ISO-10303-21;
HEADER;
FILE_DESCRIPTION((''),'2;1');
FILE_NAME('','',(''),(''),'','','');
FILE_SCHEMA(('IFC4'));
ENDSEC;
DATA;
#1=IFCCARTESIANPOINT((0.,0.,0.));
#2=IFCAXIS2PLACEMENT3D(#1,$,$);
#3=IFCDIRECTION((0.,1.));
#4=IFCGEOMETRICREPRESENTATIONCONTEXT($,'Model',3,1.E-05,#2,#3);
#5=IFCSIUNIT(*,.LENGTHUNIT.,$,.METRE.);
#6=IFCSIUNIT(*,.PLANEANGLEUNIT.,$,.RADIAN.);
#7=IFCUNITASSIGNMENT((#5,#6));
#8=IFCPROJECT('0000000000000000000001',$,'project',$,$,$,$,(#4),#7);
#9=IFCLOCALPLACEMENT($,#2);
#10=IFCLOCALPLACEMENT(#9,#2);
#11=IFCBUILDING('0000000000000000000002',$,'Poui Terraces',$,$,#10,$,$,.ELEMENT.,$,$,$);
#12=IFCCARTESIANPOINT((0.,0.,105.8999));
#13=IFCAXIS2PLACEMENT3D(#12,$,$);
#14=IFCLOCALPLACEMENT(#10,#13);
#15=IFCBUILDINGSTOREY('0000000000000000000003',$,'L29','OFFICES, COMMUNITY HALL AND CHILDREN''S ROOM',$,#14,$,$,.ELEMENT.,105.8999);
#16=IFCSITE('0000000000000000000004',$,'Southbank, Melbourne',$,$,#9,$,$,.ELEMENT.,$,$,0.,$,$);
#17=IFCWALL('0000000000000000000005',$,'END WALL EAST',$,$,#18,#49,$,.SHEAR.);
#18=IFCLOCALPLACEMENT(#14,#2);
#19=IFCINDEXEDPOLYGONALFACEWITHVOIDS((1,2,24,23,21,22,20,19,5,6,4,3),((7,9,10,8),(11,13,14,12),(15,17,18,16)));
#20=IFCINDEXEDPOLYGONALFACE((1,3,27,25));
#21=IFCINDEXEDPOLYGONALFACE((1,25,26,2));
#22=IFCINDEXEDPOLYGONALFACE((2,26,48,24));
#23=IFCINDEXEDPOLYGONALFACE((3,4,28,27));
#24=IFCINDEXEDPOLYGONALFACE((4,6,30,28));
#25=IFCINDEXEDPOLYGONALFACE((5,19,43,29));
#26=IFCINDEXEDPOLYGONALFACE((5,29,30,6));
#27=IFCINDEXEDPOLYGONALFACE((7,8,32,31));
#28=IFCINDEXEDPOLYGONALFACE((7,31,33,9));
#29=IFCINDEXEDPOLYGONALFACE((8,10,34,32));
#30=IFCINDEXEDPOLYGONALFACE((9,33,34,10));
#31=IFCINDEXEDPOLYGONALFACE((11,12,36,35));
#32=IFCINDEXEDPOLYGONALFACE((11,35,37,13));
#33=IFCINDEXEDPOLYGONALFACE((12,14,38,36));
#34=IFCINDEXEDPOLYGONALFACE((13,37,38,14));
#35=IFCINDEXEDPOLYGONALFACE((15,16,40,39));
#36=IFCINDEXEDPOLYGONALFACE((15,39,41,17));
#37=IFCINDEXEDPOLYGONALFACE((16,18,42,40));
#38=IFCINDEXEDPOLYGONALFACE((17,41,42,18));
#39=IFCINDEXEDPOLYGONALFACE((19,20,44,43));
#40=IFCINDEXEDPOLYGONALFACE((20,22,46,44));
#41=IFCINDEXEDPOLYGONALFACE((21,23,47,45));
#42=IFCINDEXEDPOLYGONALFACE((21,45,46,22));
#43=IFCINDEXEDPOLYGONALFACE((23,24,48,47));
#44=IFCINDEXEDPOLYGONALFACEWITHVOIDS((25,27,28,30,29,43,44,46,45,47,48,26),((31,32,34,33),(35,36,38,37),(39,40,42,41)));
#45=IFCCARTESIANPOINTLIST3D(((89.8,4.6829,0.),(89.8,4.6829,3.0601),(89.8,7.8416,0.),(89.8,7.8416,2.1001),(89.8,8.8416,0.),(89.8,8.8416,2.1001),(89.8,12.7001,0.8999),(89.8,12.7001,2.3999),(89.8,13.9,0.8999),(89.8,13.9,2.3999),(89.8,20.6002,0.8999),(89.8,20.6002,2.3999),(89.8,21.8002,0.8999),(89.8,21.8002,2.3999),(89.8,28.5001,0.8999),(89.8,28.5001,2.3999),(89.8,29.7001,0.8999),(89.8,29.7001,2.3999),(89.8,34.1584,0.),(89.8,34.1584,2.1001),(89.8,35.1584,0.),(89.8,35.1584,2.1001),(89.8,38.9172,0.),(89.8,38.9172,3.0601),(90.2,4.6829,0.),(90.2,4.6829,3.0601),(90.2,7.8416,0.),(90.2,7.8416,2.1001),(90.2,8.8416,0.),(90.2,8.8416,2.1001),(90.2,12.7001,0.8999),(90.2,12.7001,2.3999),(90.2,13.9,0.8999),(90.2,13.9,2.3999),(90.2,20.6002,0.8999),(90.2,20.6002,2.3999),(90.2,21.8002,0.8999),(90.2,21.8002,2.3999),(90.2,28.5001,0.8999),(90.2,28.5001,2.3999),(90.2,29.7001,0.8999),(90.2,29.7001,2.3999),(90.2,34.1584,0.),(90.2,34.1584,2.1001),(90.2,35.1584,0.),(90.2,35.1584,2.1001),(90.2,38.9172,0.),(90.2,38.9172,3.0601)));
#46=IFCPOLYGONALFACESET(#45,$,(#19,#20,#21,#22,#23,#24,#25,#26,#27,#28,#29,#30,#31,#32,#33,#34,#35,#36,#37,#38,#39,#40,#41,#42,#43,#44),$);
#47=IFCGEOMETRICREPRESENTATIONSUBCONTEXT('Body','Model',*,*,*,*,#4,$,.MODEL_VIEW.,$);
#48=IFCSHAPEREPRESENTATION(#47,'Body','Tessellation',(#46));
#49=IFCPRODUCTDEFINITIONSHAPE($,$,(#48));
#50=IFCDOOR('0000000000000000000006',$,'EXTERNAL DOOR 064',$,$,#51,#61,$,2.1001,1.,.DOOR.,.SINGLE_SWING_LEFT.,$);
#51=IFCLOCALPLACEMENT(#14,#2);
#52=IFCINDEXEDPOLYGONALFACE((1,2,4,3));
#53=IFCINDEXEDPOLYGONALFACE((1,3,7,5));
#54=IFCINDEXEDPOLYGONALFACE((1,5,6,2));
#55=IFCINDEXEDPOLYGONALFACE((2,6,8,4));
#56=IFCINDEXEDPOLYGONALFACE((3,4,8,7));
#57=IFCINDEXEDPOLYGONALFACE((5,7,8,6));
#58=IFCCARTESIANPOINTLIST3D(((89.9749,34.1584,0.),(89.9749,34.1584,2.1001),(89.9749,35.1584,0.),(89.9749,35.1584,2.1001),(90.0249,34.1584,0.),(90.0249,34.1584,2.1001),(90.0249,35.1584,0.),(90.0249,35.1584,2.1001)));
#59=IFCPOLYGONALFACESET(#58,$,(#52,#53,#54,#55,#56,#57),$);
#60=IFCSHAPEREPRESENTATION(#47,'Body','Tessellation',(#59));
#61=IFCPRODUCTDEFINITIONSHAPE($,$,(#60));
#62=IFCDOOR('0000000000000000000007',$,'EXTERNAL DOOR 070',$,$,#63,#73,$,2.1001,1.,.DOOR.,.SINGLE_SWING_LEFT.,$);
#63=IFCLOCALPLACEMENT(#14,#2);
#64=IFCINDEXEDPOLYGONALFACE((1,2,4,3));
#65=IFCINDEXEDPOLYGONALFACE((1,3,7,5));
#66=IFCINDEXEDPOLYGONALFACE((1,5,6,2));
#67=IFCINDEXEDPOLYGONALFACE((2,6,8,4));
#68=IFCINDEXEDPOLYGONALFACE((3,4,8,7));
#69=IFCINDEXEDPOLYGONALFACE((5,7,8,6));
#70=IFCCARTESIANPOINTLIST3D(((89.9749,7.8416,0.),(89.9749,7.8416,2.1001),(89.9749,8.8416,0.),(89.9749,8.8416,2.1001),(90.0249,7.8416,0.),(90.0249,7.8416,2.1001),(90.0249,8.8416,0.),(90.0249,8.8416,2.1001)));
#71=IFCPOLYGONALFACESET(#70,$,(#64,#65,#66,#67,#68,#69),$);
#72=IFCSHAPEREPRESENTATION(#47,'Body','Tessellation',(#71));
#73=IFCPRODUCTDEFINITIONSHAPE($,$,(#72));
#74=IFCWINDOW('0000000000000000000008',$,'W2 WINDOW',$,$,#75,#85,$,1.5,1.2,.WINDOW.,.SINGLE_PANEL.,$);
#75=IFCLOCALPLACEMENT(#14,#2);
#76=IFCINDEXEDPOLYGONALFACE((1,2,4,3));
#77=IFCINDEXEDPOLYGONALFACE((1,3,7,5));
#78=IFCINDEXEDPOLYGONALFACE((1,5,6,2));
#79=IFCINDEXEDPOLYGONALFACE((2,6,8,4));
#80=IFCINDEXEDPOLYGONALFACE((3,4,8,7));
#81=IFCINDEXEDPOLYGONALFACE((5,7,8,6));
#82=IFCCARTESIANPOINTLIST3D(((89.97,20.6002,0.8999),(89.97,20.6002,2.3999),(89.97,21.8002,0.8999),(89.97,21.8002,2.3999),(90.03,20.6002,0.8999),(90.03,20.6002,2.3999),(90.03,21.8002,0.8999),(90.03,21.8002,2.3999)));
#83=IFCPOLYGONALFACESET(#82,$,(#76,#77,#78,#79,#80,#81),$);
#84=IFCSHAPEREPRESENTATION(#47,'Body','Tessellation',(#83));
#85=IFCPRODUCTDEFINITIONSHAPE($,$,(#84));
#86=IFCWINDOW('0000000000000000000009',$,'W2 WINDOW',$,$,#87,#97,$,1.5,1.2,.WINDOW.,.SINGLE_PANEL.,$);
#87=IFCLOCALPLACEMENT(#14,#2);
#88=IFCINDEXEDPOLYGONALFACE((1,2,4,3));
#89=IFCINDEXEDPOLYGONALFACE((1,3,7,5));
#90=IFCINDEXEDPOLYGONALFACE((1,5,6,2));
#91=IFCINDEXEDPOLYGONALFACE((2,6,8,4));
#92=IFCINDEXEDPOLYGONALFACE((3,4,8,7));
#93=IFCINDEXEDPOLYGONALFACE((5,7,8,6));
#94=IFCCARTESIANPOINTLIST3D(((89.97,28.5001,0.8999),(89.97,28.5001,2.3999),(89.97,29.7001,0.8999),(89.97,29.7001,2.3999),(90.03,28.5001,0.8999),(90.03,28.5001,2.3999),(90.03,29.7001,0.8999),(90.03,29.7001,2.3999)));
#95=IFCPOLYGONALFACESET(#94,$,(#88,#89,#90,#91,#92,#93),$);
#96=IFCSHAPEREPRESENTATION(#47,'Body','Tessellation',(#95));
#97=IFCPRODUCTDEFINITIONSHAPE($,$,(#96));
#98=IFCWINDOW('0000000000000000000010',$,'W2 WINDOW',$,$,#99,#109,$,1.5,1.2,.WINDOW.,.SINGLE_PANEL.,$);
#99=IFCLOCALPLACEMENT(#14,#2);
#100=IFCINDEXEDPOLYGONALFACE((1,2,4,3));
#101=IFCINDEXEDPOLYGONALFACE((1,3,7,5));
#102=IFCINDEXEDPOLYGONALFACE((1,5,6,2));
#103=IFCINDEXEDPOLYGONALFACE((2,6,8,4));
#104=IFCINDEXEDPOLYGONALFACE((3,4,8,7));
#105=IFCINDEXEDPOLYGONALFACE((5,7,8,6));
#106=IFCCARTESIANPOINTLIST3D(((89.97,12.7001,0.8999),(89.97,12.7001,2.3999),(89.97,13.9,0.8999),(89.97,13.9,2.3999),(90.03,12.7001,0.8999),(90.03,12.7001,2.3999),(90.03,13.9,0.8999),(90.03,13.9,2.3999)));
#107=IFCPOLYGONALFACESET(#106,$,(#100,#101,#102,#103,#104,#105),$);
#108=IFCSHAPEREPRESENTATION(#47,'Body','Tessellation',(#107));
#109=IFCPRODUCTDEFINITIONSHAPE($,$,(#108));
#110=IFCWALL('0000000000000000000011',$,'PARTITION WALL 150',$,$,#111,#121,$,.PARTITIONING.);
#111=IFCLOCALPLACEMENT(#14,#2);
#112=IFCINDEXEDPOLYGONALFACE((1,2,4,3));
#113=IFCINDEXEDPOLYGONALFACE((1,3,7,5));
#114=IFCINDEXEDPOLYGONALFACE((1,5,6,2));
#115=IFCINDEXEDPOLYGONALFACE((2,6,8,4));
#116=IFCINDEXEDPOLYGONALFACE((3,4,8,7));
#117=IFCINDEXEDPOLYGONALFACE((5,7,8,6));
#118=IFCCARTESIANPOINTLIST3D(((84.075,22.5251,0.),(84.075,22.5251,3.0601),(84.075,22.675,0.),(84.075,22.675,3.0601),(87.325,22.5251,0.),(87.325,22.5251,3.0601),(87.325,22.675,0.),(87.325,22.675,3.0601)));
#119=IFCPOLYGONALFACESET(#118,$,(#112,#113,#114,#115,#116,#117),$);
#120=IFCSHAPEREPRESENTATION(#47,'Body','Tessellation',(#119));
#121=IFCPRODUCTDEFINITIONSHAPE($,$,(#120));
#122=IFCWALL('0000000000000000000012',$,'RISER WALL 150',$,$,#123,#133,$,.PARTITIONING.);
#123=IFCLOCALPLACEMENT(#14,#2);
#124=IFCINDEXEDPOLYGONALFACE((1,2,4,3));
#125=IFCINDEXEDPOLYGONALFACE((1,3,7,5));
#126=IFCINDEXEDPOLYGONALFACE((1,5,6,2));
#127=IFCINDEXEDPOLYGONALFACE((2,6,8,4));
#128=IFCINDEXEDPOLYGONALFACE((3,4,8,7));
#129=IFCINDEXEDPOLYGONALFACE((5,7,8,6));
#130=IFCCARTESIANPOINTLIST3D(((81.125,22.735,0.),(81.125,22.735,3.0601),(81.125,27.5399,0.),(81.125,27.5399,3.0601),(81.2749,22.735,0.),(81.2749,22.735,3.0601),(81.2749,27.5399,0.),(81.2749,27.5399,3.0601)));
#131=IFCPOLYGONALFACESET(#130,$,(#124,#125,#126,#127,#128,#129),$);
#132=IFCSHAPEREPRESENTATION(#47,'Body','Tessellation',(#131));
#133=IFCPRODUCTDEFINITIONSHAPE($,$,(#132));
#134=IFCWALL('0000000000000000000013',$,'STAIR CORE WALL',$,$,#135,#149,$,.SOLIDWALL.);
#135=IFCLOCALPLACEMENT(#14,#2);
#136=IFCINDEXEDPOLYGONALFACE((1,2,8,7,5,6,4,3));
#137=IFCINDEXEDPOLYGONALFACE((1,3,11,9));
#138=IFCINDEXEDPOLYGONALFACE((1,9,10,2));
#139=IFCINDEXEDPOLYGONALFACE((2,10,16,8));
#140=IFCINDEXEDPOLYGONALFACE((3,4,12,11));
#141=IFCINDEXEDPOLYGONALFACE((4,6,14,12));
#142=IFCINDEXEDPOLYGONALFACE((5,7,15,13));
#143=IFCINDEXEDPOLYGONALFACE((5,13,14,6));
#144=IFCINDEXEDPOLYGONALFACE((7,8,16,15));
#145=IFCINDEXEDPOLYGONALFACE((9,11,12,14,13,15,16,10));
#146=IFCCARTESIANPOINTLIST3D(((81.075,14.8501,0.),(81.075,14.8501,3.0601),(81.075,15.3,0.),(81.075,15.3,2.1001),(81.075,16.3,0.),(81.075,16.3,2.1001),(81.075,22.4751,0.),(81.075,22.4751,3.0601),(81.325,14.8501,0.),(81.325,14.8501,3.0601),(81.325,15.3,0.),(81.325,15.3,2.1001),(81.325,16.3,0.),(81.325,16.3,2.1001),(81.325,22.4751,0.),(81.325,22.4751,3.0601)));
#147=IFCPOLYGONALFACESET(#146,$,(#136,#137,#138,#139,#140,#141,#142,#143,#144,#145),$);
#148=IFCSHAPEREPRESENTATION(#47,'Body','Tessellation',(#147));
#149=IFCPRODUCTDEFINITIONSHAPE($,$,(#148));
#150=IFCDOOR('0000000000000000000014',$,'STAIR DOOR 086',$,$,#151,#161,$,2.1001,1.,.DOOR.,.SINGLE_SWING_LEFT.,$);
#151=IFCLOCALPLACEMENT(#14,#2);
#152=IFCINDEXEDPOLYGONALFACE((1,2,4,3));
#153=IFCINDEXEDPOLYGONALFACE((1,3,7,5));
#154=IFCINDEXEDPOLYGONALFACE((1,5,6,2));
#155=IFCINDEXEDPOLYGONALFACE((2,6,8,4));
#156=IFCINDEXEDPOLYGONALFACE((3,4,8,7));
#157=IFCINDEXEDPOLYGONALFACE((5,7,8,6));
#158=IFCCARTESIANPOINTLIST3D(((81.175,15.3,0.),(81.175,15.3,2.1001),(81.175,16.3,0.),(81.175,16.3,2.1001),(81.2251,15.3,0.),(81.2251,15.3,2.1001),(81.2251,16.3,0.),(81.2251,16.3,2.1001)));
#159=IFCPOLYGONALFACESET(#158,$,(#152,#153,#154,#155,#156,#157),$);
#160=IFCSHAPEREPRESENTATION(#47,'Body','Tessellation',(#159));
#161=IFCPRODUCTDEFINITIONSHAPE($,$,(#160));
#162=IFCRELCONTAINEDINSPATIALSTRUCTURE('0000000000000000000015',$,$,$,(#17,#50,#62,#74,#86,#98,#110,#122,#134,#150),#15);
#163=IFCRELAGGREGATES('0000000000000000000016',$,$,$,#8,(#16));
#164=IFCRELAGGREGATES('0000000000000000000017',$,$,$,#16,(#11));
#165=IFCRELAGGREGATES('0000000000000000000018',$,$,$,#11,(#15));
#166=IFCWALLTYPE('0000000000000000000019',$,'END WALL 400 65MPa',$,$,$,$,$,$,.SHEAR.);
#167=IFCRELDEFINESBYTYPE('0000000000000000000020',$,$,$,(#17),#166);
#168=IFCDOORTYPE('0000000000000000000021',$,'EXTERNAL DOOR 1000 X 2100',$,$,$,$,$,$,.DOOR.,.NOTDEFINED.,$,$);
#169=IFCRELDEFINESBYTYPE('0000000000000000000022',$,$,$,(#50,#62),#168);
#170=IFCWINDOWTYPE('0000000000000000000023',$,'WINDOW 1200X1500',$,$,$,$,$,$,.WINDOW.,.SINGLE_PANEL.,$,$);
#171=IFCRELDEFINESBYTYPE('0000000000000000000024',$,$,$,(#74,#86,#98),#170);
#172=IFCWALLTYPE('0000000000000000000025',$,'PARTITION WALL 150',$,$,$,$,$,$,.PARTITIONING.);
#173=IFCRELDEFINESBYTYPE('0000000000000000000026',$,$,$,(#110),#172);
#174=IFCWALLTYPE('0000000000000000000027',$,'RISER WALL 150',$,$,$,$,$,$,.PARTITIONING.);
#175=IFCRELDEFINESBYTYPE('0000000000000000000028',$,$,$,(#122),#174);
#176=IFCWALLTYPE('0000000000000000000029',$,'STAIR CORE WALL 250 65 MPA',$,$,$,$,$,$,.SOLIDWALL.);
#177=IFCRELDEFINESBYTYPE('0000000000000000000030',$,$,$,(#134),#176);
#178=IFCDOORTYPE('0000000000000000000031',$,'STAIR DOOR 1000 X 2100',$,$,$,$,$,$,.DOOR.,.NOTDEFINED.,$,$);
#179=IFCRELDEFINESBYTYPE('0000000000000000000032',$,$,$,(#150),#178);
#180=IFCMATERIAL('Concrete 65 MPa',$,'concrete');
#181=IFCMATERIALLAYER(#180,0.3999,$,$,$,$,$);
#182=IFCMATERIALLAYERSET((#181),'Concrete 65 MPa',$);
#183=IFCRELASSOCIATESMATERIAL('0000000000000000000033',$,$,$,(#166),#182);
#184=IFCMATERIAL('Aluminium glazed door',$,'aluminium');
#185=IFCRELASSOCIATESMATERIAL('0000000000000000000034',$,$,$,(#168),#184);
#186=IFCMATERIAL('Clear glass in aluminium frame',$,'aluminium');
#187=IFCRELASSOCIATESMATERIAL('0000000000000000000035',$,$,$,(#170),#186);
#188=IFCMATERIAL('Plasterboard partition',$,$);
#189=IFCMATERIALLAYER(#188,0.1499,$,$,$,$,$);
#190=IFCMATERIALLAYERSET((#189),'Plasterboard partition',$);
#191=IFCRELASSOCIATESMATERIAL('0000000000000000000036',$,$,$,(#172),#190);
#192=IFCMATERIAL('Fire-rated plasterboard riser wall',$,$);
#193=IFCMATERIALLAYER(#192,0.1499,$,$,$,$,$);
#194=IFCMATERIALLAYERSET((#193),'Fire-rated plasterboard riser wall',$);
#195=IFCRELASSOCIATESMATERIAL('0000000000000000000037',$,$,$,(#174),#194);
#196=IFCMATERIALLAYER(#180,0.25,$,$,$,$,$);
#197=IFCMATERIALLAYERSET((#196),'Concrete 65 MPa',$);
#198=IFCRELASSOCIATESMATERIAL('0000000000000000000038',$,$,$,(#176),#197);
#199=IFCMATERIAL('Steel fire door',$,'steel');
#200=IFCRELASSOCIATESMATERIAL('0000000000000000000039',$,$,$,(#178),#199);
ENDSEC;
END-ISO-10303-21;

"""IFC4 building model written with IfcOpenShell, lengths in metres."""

from ifc_helpers import new_model, si_unit, direction, frame, frame_2d, origin, place, context, subcontext, project, spatial, rectangle, extrude, material, layer, layer_set, type_object, element, fill, save


model = new_model("IFC4")

# Units and contexts
model_context = context("Model", 3, precision=1e-05, world=origin(), true_north=direction((0.0, 1.0)))
body_context = subcontext(model_context, "Body", "Model", "MODEL_VIEW")
ifc_project = project(units=[si_unit("LENGTHUNIT", "METRE"), si_unit("PLANEANGLEUNIT", "RADIAN")], contexts=[model_context])

# Site, building, storey
site_placement = place(None, origin())
site = spatial("IfcSite", under=ifc_project, at=site_placement, Name="Southbank, Melbourne", CompositionType="ELEMENT", RefElevation=0.0)
building_placement = place(site_placement, origin())
building = spatial("IfcBuilding", under=site, at=building_placement, Name="Poui Terraces", CompositionType="ELEMENT")
storey_placement = place(building_placement, frame((0.0, 0.0, 105.8999)))
storey = spatial("IfcBuildingStorey", under=building, at=storey_placement, Name="L29", Description="OFFICES, COMMUNITY HALL AND CHILDREN'S ROOM", CompositionType="ELEMENT", Elevation=105.8999)

# Shared definitions
ifc_material_1 = material(Name="Concrete 65 MPa", Category="concrete")

# Shared definitions
ifc_material_2 = material(Name="Steel fire door", Category="steel")

# Wall, openings, doors, windows
ifc_layer_1 = layer(ifc_material_1, 0.3999)
ifc_layer_set_1 = layer_set([ifc_layer_1], Name="Concrete 65 MPa")
wall_type_1 = type_object("IfcWallType", Name="END WALL 400 65MPa", PredefinedType="SHEAR", material=ifc_layer_set_1)
wall_1_placement = place(storey_placement, frame((90.0, 4.6829, 0.0), z_axis=(0.0, 0.0, 1.0), x_axis=(0.0, 1.0, 0.0)))
wall_1 = element("IfcWall", 1, at=wall_1_placement, inside=storey, type_object=wall_type_1, Name="END WALL EAST", PredefinedType="SHEAR", context=body_context, shape_type="SweptSolid", body=[
    extrude(rectangle(XDim=34.2344, YDim=0.3999, at=frame_2d((17.1172, 0.0))), origin(), (0.0, 0.0, 1.0), 3.0601),
])
opening_1_placement = place(wall_1_placement, frame((15.9172, 0.0, 0.8999)))
opening_1 = element("IfcOpeningElement", 2, at=opening_1_placement, cuts=wall_1, PredefinedType="OPENING", context=body_context, shape_type="SweptSolid", body=[
    extrude(rectangle(XDim=1.2, YDim=1.5, at=frame_2d((0.6001, 0.75))), frame((0.0, 0.21, 0.0), z_axis=(0.0, -1.0, 0.0), x_axis=(1.0, 0.0, 0.0)), (0.0, 0.0, 1.0), 0.4199),
])
opening_2_placement = place(wall_1_placement, frame((23.8171, 0.0, 0.8999)))
opening_2 = element("IfcOpeningElement", 3, at=opening_2_placement, cuts=wall_1, PredefinedType="OPENING", context=body_context, shape_type="SweptSolid", body=[
    extrude(rectangle(XDim=1.2, YDim=1.5, at=frame_2d((0.6001, 0.75))), frame((0.0, 0.21, 0.0), z_axis=(0.0, -1.0, 0.0), x_axis=(1.0, 0.0, 0.0)), (0.0, 0.0, 1.0), 0.4199),
])
opening_3_placement = place(wall_1_placement, frame((8.0171, 0.0, 0.8999)))
opening_3 = element("IfcOpeningElement", 4, at=opening_3_placement, cuts=wall_1, PredefinedType="OPENING", context=body_context, shape_type="SweptSolid", body=[
    extrude(rectangle(XDim=1.2, YDim=1.5, at=frame_2d((0.6001, 0.75))), frame((0.0, 0.21, 0.0), z_axis=(0.0, -1.0, 0.0), x_axis=(1.0, 0.0, 0.0)), (0.0, 0.0, 1.0), 0.4199),
])
opening_4_placement = place(wall_1_placement, frame((29.4756, 0.0, 0.0)))
opening_4 = element("IfcOpeningElement", 5, at=opening_4_placement, cuts=wall_1, PredefinedType="OPENING", context=body_context, shape_type="SweptSolid", body=[
    extrude(rectangle(XDim=1.0, YDim=2.1001, at=frame_2d((0.5, 1.05))), frame((0.0, 0.21, 0.0), z_axis=(0.0, -1.0, 0.0), x_axis=(1.0, 0.0, 0.0)), (0.0, 0.0, 1.0), 0.4199),
])
opening_5_placement = place(wall_1_placement, frame((3.1587, 0.0, 0.0)))
opening_5 = element("IfcOpeningElement", 6, at=opening_5_placement, cuts=wall_1, PredefinedType="OPENING", context=body_context, shape_type="SweptSolid", body=[
    extrude(rectangle(XDim=1.0, YDim=2.1001, at=frame_2d((0.5, 1.05))), frame((0.0, 0.21, 0.0), z_axis=(0.0, -1.0, 0.0), x_axis=(1.0, 0.0, 0.0)), (0.0, 0.0, 1.0), 0.4199),
])
ifc_material_3 = material(Name="Aluminium glazed door", Category="aluminium")
door_type_1 = type_object("IfcDoorType", Name="EXTERNAL DOOR 1000 X 2100", OperationType="NOTDEFINED", PredefinedType="DOOR", material=ifc_material_3)
door_1_placement = place(opening_4_placement, frame((1.0, 0.0, 0.0), z_axis=(0.0, 0.0, 1.0), x_axis=(-1.0, 0.0, 0.0)))
door_1 = element("IfcDoor", 7, at=door_1_placement, inside=storey, type_object=door_type_1, Name="EXTERNAL DOOR 064", OperationType="SINGLE_SWING_LEFT", OverallHeight=2.1001, OverallWidth=1.0, PredefinedType="DOOR", context=body_context, shape_type="SweptSolid", body=[
    extrude(rectangle(XDim=1.0, YDim=2.1001, at=frame_2d((0.5, 1.05))), frame((0.0, 0.0249, 0.0), z_axis=(0.0, -1.0, 0.0), x_axis=(1.0, 0.0, 0.0)), (0.0, 0.0, 1.0), 0.05),
])
fill(opening_4, door_1)
door_2_placement = place(opening_5_placement, frame((1.0, 0.0, 0.0), z_axis=(0.0, 0.0, 1.0), x_axis=(-1.0, 0.0, 0.0)))
door_2 = element("IfcDoor", 8, at=door_2_placement, inside=storey, type_object=door_type_1, Name="EXTERNAL DOOR 070", OperationType="SINGLE_SWING_LEFT", OverallHeight=2.1001, OverallWidth=1.0, PredefinedType="DOOR", context=body_context, shape_type="SweptSolid", body=[
    extrude(rectangle(XDim=1.0, YDim=2.1001, at=frame_2d((0.5, 1.05))), frame((0.0, 0.0249, 0.0), z_axis=(0.0, -1.0, 0.0), x_axis=(1.0, 0.0, 0.0)), (0.0, 0.0, 1.0), 0.05),
])
fill(opening_5, door_2)
ifc_material_4 = material(Name="Clear glass in aluminium frame", Category="aluminium")
window_type = type_object("IfcWindowType", Name="WINDOW 1200X1500", PartitioningType="SINGLE_PANEL", PredefinedType="WINDOW", material=ifc_material_4)
window_1_placement = place(opening_1_placement, origin())
window_1 = element("IfcWindow", 9, at=window_1_placement, inside=storey, type_object=window_type, Name="W2 WINDOW", OverallHeight=1.5, OverallWidth=1.2, PartitioningType="SINGLE_PANEL", PredefinedType="WINDOW", context=body_context, shape_type="SweptSolid", body=[
    extrude(rectangle(XDim=1.2, YDim=1.5, at=frame_2d((0.6001, 0.75))), frame((0.0, 0.03, 0.0), z_axis=(0.0, -1.0, 0.0), x_axis=(1.0, 0.0, 0.0)), (0.0, 0.0, 1.0), 0.0601),
])
fill(opening_1, window_1)
window_2_placement = place(opening_2_placement, origin())
window_2 = element("IfcWindow", 10, at=window_2_placement, inside=storey, type_object=window_type, Name="W2 WINDOW", OverallHeight=1.5, OverallWidth=1.2, PartitioningType="SINGLE_PANEL", PredefinedType="WINDOW", context=body_context, shape_type="SweptSolid", body=[
    extrude(rectangle(XDim=1.2, YDim=1.5, at=frame_2d((0.6001, 0.75))), frame((0.0, 0.03, 0.0), z_axis=(0.0, -1.0, 0.0), x_axis=(1.0, 0.0, 0.0)), (0.0, 0.0, 1.0), 0.0601),
])
fill(opening_2, window_2)
window_3_placement = place(opening_3_placement, origin())
window_3 = element("IfcWindow", 11, at=window_3_placement, inside=storey, type_object=window_type, Name="W2 WINDOW", OverallHeight=1.5, OverallWidth=1.2, PartitioningType="SINGLE_PANEL", PredefinedType="WINDOW", context=body_context, shape_type="SweptSolid", body=[
    extrude(rectangle(XDim=1.2, YDim=1.5, at=frame_2d((0.6001, 0.75))), frame((0.0, 0.03, 0.0), z_axis=(0.0, -1.0, 0.0), x_axis=(1.0, 0.0, 0.0)), (0.0, 0.0, 1.0), 0.0601),
])
fill(opening_3, window_3)

# Walls
ifc_material_5 = material(Name="Plasterboard partition")
ifc_layer_2 = layer(ifc_material_5, 0.1499)
ifc_layer_set_2 = layer_set([ifc_layer_2], Name="Plasterboard partition")
wall_type_2 = type_object("IfcWallType", Name="PARTITION WALL 150", PredefinedType="PARTITIONING", material=ifc_layer_set_2)
wall_2_placement = place(storey_placement, frame((84.075, 22.6001, 0.0), z_axis=(0.0, 0.0, 1.0), x_axis=(1.0, 0.0, 0.0)))
element("IfcWall", 12, at=wall_2_placement, inside=storey, type_object=wall_type_2, Name="PARTITION WALL 150", PredefinedType="PARTITIONING", context=body_context, shape_type="SweptSolid", body=[
    extrude(rectangle(XDim=3.25, YDim=0.1499, at=frame_2d((1.625, 0.0))), origin(), (0.0, 0.0, 1.0), 3.0601),
])
ifc_material_6 = material(Name="Fire-rated plasterboard riser wall")
ifc_layer_3 = layer(ifc_material_6, 0.1499)
ifc_layer_set_3 = layer_set([ifc_layer_3], Name="Fire-rated plasterboard riser wall")
wall_type_3 = type_object("IfcWallType", Name="RISER WALL 150", PredefinedType="PARTITIONING", material=ifc_layer_set_3)
wall_3_placement = place(storey_placement, frame((81.2, 22.7351, 0.0), z_axis=(0.0, 0.0, 1.0), x_axis=(0.0, 1.0, 0.0)))
element("IfcWall", 13, at=wall_3_placement, inside=storey, type_object=wall_type_3, Name="RISER WALL 150", PredefinedType="PARTITIONING", context=body_context, shape_type="SweptSolid", body=[
    extrude(rectangle(XDim=4.8049, YDim=0.1499, at=frame_2d((2.4023, 0.0))), origin(), (0.0, 0.0, 1.0), 3.0601),
])

# Wall, opening, door
ifc_layer_4 = layer(ifc_material_1, 0.25)
ifc_layer_set_4 = layer_set([ifc_layer_4], Name="Concrete 65 MPa")
wall_type_4 = type_object("IfcWallType", Name="STAIR CORE WALL 250 65 MPA", PredefinedType="SOLIDWALL", material=ifc_layer_set_4)
wall_4_placement = place(storey_placement, frame((81.2, 14.8501, 0.0), z_axis=(0.0, 0.0, 1.0), x_axis=(0.0, 1.0, 0.0)))
wall_4 = element("IfcWall", 14, at=wall_4_placement, inside=storey, type_object=wall_type_4, Name="STAIR CORE WALL", PredefinedType="SOLIDWALL", context=body_context, shape_type="SweptSolid", body=[
    extrude(rectangle(XDim=7.625, YDim=0.25, at=frame_2d((3.8125, 0.0))), origin(), (0.0, 0.0, 1.0), 3.0601),
])
opening_6_placement = place(wall_4_placement, frame((0.45, 0.0, 0.0)))
opening_6 = element("IfcOpeningElement", 15, at=opening_6_placement, cuts=wall_4, PredefinedType="OPENING", context=body_context, shape_type="SweptSolid", body=[
    extrude(rectangle(XDim=1.0, YDim=2.1001, at=frame_2d((0.5, 1.05))), frame((0.0, 0.135, 0.0), z_axis=(0.0, -1.0, 0.0), x_axis=(1.0, 0.0, 0.0)), (0.0, 0.0, 1.0), 0.27),
])
door_type_2 = type_object("IfcDoorType", Name="STAIR DOOR 1000 X 2100", OperationType="NOTDEFINED", PredefinedType="DOOR", material=ifc_material_2)
door_3_placement = place(opening_6_placement, origin())
door_3 = element("IfcDoor", 16, at=door_3_placement, inside=storey, type_object=door_type_2, Name="STAIR DOOR 086", OperationType="SINGLE_SWING_LEFT", OverallHeight=2.1001, OverallWidth=1.0, PredefinedType="DOOR", context=body_context, shape_type="SweptSolid", body=[
    extrude(rectangle(XDim=1.0, YDim=2.1001, at=frame_2d((0.5, 1.05))), frame((0.0, 0.0249, 0.0), z_axis=(0.0, -1.0, 0.0), x_axis=(1.0, 0.0, 0.0)), (0.0, 0.0, 1.0), 0.05),
])
fill(opening_6, door_3)

save(model, "model.ifc")
